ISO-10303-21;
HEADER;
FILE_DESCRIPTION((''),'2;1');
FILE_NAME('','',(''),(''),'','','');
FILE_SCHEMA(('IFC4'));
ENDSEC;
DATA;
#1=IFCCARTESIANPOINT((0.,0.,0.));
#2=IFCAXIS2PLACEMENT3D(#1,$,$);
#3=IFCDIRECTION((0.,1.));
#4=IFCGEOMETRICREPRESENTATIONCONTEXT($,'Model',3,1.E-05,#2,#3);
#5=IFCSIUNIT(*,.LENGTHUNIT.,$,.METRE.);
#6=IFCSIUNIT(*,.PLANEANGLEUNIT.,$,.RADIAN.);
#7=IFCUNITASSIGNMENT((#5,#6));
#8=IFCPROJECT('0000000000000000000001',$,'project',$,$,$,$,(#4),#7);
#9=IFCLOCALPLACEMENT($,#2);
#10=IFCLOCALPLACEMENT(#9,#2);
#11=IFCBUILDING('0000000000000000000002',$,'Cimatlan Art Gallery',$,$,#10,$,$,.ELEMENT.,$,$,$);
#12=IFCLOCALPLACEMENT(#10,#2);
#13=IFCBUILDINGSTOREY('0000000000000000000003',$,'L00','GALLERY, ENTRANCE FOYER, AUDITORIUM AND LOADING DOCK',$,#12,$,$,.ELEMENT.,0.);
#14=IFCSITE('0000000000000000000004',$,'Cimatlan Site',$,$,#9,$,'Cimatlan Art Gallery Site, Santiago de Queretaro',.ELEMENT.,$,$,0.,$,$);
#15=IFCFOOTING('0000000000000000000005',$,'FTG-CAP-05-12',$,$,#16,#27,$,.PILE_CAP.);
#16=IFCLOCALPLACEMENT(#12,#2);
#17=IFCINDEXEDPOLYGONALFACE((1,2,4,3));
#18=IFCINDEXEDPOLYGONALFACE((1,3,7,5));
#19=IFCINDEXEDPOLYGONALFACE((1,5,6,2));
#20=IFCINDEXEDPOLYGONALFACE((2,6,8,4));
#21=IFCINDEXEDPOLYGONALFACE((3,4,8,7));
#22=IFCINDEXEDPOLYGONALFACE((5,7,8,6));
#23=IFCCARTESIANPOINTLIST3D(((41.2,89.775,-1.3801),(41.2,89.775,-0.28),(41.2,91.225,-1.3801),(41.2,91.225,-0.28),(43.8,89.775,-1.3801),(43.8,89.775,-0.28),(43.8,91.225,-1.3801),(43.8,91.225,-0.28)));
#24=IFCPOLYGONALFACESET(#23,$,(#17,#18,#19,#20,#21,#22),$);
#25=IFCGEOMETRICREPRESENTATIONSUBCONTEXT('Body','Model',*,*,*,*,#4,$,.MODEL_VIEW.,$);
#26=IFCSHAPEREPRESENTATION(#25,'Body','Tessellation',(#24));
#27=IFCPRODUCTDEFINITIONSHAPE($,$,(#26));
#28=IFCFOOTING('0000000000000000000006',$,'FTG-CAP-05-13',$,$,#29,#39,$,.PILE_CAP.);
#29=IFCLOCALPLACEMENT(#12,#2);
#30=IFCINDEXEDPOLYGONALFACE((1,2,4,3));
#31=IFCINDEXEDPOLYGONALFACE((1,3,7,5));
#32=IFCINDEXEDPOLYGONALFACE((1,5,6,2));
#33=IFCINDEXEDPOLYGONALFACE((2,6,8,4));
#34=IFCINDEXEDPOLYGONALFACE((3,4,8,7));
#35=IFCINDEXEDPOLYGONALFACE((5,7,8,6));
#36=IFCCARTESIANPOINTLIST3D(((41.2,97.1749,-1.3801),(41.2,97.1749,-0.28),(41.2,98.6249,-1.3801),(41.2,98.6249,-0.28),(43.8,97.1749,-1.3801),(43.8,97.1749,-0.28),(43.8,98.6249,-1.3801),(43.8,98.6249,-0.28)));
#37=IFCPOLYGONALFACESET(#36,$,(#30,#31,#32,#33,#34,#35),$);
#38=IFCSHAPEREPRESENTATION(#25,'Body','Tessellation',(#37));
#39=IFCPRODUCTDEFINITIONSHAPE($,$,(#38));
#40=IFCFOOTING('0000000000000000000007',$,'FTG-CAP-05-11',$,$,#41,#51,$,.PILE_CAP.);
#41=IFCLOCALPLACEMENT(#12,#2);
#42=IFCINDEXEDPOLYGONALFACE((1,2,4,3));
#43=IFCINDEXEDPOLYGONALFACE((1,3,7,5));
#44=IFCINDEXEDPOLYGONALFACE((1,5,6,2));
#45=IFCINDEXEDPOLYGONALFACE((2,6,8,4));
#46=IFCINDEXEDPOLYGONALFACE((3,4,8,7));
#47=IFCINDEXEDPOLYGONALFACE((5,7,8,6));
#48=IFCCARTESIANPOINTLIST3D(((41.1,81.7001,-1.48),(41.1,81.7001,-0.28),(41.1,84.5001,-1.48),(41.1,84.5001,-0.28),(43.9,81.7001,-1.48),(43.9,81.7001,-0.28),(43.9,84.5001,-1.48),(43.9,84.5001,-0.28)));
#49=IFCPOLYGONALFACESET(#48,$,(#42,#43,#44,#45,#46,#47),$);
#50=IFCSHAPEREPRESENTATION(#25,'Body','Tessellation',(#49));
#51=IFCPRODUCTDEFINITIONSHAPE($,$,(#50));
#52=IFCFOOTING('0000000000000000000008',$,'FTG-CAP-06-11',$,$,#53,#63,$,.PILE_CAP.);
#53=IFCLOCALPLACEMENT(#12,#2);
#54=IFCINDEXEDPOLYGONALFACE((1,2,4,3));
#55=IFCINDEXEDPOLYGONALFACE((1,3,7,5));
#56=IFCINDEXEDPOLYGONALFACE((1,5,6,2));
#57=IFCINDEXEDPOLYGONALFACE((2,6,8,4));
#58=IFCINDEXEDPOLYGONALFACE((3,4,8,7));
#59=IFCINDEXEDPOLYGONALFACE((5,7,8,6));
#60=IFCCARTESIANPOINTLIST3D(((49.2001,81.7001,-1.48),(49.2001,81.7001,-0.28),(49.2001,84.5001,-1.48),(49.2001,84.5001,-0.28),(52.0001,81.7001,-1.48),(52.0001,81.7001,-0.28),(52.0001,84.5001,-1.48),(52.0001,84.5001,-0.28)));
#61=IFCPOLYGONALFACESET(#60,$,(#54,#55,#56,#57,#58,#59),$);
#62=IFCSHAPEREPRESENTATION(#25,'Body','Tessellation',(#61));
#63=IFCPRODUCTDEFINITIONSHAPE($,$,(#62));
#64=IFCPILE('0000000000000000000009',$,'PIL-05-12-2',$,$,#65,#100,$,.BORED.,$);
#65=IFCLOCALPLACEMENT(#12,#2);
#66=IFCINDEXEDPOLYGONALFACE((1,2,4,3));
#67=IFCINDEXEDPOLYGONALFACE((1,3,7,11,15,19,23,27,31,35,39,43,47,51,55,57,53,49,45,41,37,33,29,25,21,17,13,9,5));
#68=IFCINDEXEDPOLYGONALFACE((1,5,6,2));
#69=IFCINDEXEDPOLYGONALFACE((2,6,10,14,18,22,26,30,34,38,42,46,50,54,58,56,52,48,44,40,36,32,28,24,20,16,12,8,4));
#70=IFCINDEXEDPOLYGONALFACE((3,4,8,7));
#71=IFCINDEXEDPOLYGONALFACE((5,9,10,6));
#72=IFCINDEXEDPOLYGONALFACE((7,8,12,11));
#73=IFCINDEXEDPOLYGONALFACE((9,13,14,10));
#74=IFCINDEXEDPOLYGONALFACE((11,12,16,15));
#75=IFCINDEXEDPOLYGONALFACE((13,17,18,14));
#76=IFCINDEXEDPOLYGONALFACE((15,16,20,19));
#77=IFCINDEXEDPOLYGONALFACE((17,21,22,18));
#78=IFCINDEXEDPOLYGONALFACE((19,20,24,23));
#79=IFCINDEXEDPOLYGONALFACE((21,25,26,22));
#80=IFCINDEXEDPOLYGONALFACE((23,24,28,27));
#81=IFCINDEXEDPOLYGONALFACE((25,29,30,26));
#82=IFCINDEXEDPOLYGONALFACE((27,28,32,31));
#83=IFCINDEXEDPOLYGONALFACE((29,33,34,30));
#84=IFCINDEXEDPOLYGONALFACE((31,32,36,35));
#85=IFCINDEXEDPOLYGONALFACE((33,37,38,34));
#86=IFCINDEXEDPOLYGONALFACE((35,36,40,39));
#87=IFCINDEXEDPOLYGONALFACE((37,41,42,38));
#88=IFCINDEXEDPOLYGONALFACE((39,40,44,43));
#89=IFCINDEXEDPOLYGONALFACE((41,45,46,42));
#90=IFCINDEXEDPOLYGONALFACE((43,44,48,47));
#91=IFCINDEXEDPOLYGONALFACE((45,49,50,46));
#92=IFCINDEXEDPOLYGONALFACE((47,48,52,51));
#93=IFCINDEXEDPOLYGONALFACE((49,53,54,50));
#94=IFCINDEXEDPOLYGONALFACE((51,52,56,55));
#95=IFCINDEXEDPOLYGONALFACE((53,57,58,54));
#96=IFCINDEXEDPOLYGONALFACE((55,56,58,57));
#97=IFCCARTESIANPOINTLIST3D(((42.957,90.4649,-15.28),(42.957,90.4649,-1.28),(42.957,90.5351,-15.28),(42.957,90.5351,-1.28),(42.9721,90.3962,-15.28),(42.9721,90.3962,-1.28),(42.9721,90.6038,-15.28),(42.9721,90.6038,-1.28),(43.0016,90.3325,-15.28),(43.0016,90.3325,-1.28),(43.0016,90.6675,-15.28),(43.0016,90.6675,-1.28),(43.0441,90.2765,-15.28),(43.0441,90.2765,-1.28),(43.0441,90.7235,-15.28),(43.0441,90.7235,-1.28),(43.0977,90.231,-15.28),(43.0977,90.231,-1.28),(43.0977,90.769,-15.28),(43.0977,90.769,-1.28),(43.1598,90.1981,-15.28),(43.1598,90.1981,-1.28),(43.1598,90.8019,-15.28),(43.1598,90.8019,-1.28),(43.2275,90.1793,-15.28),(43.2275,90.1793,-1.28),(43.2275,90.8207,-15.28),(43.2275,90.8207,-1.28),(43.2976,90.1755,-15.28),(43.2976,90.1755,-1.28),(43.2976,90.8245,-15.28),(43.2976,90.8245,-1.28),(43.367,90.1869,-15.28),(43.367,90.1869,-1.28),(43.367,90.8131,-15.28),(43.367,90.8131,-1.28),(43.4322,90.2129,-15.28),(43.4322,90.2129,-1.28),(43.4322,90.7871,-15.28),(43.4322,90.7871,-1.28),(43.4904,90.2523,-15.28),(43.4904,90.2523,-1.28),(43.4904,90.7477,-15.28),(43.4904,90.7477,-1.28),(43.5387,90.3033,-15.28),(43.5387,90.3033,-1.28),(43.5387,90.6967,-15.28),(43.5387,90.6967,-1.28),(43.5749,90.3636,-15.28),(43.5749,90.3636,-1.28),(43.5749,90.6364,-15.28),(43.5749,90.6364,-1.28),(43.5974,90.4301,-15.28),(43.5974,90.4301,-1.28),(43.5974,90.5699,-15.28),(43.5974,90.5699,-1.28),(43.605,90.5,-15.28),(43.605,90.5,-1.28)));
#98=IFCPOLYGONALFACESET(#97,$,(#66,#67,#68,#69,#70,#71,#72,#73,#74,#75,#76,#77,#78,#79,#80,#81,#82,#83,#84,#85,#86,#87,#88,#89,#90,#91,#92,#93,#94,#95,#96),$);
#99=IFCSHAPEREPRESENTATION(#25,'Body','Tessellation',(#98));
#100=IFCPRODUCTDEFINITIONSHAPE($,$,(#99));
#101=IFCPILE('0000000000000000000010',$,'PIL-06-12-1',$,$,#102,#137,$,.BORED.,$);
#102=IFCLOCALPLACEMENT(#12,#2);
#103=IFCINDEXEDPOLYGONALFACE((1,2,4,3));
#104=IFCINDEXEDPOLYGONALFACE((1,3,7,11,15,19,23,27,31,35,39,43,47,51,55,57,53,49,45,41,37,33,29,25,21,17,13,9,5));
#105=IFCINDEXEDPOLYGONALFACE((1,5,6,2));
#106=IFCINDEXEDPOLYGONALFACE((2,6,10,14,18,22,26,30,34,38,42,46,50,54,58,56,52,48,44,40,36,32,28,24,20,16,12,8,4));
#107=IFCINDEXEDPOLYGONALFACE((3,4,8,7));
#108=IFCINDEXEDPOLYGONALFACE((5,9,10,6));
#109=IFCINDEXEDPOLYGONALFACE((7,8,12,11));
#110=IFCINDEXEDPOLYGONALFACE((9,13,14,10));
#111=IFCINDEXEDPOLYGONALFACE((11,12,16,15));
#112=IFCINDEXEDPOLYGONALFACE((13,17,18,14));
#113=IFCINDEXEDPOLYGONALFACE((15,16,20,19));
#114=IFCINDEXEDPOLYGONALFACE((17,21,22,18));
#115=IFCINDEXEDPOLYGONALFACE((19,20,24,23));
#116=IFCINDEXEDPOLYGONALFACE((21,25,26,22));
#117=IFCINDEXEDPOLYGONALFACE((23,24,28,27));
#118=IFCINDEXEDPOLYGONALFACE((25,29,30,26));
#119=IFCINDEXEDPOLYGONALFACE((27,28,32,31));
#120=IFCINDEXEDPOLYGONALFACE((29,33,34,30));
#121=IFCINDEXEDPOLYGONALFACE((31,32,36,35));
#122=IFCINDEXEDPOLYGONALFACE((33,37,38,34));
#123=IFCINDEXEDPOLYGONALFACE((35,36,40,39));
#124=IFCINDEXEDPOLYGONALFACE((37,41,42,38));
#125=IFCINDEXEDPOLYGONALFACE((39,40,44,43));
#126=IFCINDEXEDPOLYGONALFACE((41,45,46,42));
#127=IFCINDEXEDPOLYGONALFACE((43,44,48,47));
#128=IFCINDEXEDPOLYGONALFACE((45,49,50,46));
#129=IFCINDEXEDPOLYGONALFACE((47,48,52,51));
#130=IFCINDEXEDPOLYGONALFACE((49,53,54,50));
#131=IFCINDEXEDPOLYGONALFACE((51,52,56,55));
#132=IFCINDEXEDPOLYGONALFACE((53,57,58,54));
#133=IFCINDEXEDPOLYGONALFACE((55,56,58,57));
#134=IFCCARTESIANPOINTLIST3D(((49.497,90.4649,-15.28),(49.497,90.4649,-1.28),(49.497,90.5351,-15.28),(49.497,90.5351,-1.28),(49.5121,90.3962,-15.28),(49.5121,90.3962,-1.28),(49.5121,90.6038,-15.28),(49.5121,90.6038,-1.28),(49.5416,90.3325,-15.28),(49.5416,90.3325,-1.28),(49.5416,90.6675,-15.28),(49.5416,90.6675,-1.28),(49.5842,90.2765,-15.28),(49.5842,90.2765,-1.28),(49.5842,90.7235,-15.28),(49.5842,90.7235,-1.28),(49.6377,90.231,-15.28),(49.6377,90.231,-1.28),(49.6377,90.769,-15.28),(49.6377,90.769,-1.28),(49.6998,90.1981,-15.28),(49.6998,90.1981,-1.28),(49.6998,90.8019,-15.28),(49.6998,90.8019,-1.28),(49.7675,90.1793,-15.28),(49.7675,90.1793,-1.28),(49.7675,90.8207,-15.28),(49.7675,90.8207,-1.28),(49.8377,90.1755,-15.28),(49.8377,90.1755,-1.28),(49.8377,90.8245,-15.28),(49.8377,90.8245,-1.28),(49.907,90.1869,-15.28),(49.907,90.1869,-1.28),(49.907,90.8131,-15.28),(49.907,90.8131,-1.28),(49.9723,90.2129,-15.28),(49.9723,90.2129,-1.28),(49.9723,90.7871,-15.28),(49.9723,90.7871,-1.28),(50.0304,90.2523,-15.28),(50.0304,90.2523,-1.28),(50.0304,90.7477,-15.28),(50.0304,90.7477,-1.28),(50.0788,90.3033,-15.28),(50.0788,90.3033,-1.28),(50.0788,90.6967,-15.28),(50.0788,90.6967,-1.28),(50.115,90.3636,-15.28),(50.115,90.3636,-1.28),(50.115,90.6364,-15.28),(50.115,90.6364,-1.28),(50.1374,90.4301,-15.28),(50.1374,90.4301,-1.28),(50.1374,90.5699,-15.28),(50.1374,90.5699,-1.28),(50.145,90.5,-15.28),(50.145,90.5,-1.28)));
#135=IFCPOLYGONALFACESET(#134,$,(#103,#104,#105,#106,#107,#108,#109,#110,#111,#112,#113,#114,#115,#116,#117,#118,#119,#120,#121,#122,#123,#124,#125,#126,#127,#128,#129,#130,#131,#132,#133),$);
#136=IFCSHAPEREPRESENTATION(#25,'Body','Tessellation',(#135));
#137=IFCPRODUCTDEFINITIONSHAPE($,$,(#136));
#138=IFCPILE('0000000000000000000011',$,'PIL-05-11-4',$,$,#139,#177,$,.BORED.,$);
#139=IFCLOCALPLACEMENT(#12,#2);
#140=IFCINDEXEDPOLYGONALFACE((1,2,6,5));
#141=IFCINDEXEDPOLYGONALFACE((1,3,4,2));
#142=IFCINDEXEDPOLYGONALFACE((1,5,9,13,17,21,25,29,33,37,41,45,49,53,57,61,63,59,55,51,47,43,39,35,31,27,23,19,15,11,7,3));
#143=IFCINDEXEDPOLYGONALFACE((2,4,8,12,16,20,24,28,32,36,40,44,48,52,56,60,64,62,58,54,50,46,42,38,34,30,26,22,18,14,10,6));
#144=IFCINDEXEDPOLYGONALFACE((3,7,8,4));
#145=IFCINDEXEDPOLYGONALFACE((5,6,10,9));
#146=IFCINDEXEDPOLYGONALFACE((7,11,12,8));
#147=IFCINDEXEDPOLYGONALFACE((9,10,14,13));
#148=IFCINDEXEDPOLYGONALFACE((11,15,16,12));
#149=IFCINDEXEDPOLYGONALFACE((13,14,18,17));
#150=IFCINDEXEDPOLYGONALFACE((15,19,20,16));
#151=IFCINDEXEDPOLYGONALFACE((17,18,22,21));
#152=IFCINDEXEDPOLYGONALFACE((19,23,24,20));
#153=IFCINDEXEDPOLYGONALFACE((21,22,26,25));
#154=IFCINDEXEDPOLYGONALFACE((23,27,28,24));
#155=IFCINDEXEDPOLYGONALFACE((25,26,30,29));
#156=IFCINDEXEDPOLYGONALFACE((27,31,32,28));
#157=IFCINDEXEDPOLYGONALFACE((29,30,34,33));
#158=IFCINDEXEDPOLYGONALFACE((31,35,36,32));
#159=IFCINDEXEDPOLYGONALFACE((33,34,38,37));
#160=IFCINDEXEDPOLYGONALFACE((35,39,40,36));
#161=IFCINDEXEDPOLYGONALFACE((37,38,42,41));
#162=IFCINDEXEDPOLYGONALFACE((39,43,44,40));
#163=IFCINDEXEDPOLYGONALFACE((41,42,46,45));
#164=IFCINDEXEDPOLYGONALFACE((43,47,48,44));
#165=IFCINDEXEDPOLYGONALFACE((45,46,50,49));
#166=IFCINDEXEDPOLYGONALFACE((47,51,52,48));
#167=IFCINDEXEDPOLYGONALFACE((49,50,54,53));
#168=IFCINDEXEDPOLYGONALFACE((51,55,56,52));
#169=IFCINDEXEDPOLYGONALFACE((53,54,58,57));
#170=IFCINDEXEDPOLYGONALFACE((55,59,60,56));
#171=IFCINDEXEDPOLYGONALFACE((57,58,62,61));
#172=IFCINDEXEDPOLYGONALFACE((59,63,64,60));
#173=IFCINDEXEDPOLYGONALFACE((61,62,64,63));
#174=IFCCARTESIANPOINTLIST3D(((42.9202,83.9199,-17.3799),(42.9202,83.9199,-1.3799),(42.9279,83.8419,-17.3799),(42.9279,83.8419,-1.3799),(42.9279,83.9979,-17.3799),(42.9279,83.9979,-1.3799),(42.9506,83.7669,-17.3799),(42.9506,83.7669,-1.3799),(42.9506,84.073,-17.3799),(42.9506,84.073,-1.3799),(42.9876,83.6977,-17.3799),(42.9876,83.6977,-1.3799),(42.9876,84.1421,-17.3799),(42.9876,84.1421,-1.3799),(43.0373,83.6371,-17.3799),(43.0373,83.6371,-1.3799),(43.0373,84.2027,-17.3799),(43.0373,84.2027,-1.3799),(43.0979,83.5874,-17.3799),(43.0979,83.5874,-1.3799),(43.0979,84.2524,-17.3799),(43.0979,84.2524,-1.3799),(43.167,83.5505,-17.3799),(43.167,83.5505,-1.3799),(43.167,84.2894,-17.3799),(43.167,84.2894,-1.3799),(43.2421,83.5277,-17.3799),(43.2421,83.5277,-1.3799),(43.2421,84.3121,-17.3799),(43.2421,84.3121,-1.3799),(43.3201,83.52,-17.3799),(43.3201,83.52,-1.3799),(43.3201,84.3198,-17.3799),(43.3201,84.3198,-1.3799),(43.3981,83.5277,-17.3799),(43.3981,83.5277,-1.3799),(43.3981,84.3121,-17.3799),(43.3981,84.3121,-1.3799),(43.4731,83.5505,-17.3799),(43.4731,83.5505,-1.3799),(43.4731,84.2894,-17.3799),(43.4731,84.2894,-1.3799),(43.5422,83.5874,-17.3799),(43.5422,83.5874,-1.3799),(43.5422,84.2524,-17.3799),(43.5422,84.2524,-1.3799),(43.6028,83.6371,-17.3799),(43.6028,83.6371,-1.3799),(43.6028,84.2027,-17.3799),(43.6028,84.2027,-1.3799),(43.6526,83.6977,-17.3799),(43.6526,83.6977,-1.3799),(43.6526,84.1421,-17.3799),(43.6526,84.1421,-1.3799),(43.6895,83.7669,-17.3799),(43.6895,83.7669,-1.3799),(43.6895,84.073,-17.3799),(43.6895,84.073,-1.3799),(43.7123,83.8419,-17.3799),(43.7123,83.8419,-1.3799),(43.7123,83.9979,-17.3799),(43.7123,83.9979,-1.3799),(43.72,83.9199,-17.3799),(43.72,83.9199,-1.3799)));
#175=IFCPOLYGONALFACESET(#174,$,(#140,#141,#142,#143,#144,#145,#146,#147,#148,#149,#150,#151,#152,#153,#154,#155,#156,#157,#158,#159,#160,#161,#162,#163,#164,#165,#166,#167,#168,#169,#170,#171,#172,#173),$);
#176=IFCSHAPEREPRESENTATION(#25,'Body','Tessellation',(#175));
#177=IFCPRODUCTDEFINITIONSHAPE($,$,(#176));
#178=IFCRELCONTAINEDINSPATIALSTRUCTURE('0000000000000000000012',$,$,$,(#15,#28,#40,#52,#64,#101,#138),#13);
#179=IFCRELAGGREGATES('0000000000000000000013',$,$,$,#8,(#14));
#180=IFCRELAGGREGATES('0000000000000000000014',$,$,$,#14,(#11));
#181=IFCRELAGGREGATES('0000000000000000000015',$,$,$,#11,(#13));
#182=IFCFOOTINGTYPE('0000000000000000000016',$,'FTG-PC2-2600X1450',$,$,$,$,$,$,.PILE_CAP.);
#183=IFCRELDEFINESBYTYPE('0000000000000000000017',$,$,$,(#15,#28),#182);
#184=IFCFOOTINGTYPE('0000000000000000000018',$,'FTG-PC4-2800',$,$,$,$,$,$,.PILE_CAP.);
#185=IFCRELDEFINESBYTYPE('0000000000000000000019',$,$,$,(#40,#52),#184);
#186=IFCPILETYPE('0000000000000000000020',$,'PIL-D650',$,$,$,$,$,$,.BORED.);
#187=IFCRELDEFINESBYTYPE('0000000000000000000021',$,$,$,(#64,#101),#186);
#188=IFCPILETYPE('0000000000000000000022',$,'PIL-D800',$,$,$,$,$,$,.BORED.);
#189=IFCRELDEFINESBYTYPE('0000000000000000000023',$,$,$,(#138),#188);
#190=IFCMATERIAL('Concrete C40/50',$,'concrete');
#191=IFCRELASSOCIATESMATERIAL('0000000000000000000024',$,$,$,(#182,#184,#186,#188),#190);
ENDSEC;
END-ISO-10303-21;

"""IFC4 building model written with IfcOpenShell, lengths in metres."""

from ifc_helpers import new_model, si_unit, direction, frame, origin, origin_2d, place, context, subcontext, project, spatial, rectangle, circle, extrude, material, type_object, element, save


model = new_model("IFC4")

# Units and contexts
model_context = context("Model", 3, precision=1e-05, world=origin(), true_north=direction((0.0, 1.0)))
body_context = subcontext(model_context, "Body", "Model", "MODEL_VIEW")
ifc_project = project(units=[si_unit("LENGTHUNIT", "METRE"), si_unit("PLANEANGLEUNIT", "RADIAN")], contexts=[model_context])

# Site, building, storey
site_placement = place(None, origin())
site = spatial("IfcSite", under=ifc_project, at=site_placement, Name="Cimatlan Site", LongName="Cimatlan Art Gallery Site, Santiago de Queretaro", CompositionType="ELEMENT", RefElevation=0.0)
building_placement = place(site_placement, origin())
building = spatial("IfcBuilding", under=site, at=building_placement, Name="Cimatlan Art Gallery", CompositionType="ELEMENT")
storey_placement = place(building_placement, origin())
storey = spatial("IfcBuildingStorey", under=building, at=storey_placement, Name="L00", Description="GALLERY, ENTRANCE FOYER, AUDITORIUM AND LOADING DOCK", CompositionType="ELEMENT", Elevation=0.0)

# Footings
ifc_material_1 = material(Name="Concrete C40/50", Category="concrete")
footing_type_1 = type_object("IfcFootingType", Name="FTG-PC2-2600X1450", PredefinedType="PILE_CAP", material=ifc_material_1)
for number, where, z_axis, x_axis, name in (
    (1, (42.5, 90.5, -1.3801), (0.0, 0.0, 1.0), (1.0, 0.0, 0.0), "FTG-CAP-05-12"),
    (2, (42.5, 97.8999, -1.3801), (0.0, 0.0, 1.0), (1.0, 0.0, 0.0), "FTG-CAP-05-13"),
):
    element("IfcFooting", number, at=place(storey_placement, frame(where, z_axis=z_axis, x_axis=x_axis)), inside=storey, type_object=footing_type_1, Name=name, PredefinedType="PILE_CAP", context=body_context, shape_type="SweptSolid", body=[
        extrude(rectangle(XDim=2.6001, YDim=1.45, at=origin_2d()), origin(), (0.0, 0.0, 1.0), 1.1001),
    ])
footing_type_2 = type_object("IfcFootingType", Name="FTG-PC4-2800", PredefinedType="PILE_CAP", material=ifc_material_1)
for number, where, z_axis, x_axis, name in (
    (3, (42.5, 83.1001, -1.48), (0.0, 0.0, 1.0), (1.0, 0.0, 0.0), "FTG-CAP-05-11"),
    (4, (50.6001, 83.1001, -1.48), (0.0, 0.0, 1.0), (1.0, 0.0, 0.0), "FTG-CAP-06-11"),
):
    element("IfcFooting", number, at=place(storey_placement, frame(where, z_axis=z_axis, x_axis=x_axis)), inside=storey, type_object=footing_type_2, Name=name, PredefinedType="PILE_CAP", context=body_context, shape_type="SweptSolid", body=[
        extrude(rectangle(XDim=2.8, YDim=2.8, at=origin_2d()), origin(), (0.0, 0.0, 1.0), 1.2),
    ])

# Piles
pile_type_1 = type_object("IfcPileType", Name="PIL-D650", PredefinedType="BORED", material=ifc_material_1)
for number, where, z_axis, x_axis, name in (
    (5, (43.28, 90.5, -1.28), (0.0, 0.0, -1.0), (1.0, 0.0, 0.0), "PIL-05-12-2"),
    (6, (49.8201, 90.5, -1.28), (0.0, 0.0, -1.0), (1.0, 0.0, 0.0), "PIL-06-12-1"),
):
    element("IfcPile", number, at=place(storey_placement, frame(where, z_axis=z_axis, x_axis=x_axis)), inside=storey, type_object=pile_type_1, Name=name, PredefinedType="BORED", context=body_context, shape_type="SweptSolid", body=[
        extrude(circle(Radius=0.325, at=origin_2d()), origin(), (0.0, 0.0, 1.0), 14.0),
    ])
pile_type_2 = type_object("IfcPileType", Name="PIL-D800", PredefinedType="BORED", material=ifc_material_1)
for number, where, z_axis, x_axis, name in (
    (7, (43.3201, 83.9199, -1.3799), (0.0, 0.0, -1.0), (1.0, 0.0, 0.0), "PIL-05-11-4"),
):
    element("IfcPile", number, at=place(storey_placement, frame(where, z_axis=z_axis, x_axis=x_axis)), inside=storey, type_object=pile_type_2, Name=name, PredefinedType="BORED", context=body_context, shape_type="SweptSolid", body=[
        extrude(circle(Radius=0.3999, at=origin_2d()), origin(), (0.0, 0.0, 1.0), 16.0),
    ])

save(model, "model.ifc")
